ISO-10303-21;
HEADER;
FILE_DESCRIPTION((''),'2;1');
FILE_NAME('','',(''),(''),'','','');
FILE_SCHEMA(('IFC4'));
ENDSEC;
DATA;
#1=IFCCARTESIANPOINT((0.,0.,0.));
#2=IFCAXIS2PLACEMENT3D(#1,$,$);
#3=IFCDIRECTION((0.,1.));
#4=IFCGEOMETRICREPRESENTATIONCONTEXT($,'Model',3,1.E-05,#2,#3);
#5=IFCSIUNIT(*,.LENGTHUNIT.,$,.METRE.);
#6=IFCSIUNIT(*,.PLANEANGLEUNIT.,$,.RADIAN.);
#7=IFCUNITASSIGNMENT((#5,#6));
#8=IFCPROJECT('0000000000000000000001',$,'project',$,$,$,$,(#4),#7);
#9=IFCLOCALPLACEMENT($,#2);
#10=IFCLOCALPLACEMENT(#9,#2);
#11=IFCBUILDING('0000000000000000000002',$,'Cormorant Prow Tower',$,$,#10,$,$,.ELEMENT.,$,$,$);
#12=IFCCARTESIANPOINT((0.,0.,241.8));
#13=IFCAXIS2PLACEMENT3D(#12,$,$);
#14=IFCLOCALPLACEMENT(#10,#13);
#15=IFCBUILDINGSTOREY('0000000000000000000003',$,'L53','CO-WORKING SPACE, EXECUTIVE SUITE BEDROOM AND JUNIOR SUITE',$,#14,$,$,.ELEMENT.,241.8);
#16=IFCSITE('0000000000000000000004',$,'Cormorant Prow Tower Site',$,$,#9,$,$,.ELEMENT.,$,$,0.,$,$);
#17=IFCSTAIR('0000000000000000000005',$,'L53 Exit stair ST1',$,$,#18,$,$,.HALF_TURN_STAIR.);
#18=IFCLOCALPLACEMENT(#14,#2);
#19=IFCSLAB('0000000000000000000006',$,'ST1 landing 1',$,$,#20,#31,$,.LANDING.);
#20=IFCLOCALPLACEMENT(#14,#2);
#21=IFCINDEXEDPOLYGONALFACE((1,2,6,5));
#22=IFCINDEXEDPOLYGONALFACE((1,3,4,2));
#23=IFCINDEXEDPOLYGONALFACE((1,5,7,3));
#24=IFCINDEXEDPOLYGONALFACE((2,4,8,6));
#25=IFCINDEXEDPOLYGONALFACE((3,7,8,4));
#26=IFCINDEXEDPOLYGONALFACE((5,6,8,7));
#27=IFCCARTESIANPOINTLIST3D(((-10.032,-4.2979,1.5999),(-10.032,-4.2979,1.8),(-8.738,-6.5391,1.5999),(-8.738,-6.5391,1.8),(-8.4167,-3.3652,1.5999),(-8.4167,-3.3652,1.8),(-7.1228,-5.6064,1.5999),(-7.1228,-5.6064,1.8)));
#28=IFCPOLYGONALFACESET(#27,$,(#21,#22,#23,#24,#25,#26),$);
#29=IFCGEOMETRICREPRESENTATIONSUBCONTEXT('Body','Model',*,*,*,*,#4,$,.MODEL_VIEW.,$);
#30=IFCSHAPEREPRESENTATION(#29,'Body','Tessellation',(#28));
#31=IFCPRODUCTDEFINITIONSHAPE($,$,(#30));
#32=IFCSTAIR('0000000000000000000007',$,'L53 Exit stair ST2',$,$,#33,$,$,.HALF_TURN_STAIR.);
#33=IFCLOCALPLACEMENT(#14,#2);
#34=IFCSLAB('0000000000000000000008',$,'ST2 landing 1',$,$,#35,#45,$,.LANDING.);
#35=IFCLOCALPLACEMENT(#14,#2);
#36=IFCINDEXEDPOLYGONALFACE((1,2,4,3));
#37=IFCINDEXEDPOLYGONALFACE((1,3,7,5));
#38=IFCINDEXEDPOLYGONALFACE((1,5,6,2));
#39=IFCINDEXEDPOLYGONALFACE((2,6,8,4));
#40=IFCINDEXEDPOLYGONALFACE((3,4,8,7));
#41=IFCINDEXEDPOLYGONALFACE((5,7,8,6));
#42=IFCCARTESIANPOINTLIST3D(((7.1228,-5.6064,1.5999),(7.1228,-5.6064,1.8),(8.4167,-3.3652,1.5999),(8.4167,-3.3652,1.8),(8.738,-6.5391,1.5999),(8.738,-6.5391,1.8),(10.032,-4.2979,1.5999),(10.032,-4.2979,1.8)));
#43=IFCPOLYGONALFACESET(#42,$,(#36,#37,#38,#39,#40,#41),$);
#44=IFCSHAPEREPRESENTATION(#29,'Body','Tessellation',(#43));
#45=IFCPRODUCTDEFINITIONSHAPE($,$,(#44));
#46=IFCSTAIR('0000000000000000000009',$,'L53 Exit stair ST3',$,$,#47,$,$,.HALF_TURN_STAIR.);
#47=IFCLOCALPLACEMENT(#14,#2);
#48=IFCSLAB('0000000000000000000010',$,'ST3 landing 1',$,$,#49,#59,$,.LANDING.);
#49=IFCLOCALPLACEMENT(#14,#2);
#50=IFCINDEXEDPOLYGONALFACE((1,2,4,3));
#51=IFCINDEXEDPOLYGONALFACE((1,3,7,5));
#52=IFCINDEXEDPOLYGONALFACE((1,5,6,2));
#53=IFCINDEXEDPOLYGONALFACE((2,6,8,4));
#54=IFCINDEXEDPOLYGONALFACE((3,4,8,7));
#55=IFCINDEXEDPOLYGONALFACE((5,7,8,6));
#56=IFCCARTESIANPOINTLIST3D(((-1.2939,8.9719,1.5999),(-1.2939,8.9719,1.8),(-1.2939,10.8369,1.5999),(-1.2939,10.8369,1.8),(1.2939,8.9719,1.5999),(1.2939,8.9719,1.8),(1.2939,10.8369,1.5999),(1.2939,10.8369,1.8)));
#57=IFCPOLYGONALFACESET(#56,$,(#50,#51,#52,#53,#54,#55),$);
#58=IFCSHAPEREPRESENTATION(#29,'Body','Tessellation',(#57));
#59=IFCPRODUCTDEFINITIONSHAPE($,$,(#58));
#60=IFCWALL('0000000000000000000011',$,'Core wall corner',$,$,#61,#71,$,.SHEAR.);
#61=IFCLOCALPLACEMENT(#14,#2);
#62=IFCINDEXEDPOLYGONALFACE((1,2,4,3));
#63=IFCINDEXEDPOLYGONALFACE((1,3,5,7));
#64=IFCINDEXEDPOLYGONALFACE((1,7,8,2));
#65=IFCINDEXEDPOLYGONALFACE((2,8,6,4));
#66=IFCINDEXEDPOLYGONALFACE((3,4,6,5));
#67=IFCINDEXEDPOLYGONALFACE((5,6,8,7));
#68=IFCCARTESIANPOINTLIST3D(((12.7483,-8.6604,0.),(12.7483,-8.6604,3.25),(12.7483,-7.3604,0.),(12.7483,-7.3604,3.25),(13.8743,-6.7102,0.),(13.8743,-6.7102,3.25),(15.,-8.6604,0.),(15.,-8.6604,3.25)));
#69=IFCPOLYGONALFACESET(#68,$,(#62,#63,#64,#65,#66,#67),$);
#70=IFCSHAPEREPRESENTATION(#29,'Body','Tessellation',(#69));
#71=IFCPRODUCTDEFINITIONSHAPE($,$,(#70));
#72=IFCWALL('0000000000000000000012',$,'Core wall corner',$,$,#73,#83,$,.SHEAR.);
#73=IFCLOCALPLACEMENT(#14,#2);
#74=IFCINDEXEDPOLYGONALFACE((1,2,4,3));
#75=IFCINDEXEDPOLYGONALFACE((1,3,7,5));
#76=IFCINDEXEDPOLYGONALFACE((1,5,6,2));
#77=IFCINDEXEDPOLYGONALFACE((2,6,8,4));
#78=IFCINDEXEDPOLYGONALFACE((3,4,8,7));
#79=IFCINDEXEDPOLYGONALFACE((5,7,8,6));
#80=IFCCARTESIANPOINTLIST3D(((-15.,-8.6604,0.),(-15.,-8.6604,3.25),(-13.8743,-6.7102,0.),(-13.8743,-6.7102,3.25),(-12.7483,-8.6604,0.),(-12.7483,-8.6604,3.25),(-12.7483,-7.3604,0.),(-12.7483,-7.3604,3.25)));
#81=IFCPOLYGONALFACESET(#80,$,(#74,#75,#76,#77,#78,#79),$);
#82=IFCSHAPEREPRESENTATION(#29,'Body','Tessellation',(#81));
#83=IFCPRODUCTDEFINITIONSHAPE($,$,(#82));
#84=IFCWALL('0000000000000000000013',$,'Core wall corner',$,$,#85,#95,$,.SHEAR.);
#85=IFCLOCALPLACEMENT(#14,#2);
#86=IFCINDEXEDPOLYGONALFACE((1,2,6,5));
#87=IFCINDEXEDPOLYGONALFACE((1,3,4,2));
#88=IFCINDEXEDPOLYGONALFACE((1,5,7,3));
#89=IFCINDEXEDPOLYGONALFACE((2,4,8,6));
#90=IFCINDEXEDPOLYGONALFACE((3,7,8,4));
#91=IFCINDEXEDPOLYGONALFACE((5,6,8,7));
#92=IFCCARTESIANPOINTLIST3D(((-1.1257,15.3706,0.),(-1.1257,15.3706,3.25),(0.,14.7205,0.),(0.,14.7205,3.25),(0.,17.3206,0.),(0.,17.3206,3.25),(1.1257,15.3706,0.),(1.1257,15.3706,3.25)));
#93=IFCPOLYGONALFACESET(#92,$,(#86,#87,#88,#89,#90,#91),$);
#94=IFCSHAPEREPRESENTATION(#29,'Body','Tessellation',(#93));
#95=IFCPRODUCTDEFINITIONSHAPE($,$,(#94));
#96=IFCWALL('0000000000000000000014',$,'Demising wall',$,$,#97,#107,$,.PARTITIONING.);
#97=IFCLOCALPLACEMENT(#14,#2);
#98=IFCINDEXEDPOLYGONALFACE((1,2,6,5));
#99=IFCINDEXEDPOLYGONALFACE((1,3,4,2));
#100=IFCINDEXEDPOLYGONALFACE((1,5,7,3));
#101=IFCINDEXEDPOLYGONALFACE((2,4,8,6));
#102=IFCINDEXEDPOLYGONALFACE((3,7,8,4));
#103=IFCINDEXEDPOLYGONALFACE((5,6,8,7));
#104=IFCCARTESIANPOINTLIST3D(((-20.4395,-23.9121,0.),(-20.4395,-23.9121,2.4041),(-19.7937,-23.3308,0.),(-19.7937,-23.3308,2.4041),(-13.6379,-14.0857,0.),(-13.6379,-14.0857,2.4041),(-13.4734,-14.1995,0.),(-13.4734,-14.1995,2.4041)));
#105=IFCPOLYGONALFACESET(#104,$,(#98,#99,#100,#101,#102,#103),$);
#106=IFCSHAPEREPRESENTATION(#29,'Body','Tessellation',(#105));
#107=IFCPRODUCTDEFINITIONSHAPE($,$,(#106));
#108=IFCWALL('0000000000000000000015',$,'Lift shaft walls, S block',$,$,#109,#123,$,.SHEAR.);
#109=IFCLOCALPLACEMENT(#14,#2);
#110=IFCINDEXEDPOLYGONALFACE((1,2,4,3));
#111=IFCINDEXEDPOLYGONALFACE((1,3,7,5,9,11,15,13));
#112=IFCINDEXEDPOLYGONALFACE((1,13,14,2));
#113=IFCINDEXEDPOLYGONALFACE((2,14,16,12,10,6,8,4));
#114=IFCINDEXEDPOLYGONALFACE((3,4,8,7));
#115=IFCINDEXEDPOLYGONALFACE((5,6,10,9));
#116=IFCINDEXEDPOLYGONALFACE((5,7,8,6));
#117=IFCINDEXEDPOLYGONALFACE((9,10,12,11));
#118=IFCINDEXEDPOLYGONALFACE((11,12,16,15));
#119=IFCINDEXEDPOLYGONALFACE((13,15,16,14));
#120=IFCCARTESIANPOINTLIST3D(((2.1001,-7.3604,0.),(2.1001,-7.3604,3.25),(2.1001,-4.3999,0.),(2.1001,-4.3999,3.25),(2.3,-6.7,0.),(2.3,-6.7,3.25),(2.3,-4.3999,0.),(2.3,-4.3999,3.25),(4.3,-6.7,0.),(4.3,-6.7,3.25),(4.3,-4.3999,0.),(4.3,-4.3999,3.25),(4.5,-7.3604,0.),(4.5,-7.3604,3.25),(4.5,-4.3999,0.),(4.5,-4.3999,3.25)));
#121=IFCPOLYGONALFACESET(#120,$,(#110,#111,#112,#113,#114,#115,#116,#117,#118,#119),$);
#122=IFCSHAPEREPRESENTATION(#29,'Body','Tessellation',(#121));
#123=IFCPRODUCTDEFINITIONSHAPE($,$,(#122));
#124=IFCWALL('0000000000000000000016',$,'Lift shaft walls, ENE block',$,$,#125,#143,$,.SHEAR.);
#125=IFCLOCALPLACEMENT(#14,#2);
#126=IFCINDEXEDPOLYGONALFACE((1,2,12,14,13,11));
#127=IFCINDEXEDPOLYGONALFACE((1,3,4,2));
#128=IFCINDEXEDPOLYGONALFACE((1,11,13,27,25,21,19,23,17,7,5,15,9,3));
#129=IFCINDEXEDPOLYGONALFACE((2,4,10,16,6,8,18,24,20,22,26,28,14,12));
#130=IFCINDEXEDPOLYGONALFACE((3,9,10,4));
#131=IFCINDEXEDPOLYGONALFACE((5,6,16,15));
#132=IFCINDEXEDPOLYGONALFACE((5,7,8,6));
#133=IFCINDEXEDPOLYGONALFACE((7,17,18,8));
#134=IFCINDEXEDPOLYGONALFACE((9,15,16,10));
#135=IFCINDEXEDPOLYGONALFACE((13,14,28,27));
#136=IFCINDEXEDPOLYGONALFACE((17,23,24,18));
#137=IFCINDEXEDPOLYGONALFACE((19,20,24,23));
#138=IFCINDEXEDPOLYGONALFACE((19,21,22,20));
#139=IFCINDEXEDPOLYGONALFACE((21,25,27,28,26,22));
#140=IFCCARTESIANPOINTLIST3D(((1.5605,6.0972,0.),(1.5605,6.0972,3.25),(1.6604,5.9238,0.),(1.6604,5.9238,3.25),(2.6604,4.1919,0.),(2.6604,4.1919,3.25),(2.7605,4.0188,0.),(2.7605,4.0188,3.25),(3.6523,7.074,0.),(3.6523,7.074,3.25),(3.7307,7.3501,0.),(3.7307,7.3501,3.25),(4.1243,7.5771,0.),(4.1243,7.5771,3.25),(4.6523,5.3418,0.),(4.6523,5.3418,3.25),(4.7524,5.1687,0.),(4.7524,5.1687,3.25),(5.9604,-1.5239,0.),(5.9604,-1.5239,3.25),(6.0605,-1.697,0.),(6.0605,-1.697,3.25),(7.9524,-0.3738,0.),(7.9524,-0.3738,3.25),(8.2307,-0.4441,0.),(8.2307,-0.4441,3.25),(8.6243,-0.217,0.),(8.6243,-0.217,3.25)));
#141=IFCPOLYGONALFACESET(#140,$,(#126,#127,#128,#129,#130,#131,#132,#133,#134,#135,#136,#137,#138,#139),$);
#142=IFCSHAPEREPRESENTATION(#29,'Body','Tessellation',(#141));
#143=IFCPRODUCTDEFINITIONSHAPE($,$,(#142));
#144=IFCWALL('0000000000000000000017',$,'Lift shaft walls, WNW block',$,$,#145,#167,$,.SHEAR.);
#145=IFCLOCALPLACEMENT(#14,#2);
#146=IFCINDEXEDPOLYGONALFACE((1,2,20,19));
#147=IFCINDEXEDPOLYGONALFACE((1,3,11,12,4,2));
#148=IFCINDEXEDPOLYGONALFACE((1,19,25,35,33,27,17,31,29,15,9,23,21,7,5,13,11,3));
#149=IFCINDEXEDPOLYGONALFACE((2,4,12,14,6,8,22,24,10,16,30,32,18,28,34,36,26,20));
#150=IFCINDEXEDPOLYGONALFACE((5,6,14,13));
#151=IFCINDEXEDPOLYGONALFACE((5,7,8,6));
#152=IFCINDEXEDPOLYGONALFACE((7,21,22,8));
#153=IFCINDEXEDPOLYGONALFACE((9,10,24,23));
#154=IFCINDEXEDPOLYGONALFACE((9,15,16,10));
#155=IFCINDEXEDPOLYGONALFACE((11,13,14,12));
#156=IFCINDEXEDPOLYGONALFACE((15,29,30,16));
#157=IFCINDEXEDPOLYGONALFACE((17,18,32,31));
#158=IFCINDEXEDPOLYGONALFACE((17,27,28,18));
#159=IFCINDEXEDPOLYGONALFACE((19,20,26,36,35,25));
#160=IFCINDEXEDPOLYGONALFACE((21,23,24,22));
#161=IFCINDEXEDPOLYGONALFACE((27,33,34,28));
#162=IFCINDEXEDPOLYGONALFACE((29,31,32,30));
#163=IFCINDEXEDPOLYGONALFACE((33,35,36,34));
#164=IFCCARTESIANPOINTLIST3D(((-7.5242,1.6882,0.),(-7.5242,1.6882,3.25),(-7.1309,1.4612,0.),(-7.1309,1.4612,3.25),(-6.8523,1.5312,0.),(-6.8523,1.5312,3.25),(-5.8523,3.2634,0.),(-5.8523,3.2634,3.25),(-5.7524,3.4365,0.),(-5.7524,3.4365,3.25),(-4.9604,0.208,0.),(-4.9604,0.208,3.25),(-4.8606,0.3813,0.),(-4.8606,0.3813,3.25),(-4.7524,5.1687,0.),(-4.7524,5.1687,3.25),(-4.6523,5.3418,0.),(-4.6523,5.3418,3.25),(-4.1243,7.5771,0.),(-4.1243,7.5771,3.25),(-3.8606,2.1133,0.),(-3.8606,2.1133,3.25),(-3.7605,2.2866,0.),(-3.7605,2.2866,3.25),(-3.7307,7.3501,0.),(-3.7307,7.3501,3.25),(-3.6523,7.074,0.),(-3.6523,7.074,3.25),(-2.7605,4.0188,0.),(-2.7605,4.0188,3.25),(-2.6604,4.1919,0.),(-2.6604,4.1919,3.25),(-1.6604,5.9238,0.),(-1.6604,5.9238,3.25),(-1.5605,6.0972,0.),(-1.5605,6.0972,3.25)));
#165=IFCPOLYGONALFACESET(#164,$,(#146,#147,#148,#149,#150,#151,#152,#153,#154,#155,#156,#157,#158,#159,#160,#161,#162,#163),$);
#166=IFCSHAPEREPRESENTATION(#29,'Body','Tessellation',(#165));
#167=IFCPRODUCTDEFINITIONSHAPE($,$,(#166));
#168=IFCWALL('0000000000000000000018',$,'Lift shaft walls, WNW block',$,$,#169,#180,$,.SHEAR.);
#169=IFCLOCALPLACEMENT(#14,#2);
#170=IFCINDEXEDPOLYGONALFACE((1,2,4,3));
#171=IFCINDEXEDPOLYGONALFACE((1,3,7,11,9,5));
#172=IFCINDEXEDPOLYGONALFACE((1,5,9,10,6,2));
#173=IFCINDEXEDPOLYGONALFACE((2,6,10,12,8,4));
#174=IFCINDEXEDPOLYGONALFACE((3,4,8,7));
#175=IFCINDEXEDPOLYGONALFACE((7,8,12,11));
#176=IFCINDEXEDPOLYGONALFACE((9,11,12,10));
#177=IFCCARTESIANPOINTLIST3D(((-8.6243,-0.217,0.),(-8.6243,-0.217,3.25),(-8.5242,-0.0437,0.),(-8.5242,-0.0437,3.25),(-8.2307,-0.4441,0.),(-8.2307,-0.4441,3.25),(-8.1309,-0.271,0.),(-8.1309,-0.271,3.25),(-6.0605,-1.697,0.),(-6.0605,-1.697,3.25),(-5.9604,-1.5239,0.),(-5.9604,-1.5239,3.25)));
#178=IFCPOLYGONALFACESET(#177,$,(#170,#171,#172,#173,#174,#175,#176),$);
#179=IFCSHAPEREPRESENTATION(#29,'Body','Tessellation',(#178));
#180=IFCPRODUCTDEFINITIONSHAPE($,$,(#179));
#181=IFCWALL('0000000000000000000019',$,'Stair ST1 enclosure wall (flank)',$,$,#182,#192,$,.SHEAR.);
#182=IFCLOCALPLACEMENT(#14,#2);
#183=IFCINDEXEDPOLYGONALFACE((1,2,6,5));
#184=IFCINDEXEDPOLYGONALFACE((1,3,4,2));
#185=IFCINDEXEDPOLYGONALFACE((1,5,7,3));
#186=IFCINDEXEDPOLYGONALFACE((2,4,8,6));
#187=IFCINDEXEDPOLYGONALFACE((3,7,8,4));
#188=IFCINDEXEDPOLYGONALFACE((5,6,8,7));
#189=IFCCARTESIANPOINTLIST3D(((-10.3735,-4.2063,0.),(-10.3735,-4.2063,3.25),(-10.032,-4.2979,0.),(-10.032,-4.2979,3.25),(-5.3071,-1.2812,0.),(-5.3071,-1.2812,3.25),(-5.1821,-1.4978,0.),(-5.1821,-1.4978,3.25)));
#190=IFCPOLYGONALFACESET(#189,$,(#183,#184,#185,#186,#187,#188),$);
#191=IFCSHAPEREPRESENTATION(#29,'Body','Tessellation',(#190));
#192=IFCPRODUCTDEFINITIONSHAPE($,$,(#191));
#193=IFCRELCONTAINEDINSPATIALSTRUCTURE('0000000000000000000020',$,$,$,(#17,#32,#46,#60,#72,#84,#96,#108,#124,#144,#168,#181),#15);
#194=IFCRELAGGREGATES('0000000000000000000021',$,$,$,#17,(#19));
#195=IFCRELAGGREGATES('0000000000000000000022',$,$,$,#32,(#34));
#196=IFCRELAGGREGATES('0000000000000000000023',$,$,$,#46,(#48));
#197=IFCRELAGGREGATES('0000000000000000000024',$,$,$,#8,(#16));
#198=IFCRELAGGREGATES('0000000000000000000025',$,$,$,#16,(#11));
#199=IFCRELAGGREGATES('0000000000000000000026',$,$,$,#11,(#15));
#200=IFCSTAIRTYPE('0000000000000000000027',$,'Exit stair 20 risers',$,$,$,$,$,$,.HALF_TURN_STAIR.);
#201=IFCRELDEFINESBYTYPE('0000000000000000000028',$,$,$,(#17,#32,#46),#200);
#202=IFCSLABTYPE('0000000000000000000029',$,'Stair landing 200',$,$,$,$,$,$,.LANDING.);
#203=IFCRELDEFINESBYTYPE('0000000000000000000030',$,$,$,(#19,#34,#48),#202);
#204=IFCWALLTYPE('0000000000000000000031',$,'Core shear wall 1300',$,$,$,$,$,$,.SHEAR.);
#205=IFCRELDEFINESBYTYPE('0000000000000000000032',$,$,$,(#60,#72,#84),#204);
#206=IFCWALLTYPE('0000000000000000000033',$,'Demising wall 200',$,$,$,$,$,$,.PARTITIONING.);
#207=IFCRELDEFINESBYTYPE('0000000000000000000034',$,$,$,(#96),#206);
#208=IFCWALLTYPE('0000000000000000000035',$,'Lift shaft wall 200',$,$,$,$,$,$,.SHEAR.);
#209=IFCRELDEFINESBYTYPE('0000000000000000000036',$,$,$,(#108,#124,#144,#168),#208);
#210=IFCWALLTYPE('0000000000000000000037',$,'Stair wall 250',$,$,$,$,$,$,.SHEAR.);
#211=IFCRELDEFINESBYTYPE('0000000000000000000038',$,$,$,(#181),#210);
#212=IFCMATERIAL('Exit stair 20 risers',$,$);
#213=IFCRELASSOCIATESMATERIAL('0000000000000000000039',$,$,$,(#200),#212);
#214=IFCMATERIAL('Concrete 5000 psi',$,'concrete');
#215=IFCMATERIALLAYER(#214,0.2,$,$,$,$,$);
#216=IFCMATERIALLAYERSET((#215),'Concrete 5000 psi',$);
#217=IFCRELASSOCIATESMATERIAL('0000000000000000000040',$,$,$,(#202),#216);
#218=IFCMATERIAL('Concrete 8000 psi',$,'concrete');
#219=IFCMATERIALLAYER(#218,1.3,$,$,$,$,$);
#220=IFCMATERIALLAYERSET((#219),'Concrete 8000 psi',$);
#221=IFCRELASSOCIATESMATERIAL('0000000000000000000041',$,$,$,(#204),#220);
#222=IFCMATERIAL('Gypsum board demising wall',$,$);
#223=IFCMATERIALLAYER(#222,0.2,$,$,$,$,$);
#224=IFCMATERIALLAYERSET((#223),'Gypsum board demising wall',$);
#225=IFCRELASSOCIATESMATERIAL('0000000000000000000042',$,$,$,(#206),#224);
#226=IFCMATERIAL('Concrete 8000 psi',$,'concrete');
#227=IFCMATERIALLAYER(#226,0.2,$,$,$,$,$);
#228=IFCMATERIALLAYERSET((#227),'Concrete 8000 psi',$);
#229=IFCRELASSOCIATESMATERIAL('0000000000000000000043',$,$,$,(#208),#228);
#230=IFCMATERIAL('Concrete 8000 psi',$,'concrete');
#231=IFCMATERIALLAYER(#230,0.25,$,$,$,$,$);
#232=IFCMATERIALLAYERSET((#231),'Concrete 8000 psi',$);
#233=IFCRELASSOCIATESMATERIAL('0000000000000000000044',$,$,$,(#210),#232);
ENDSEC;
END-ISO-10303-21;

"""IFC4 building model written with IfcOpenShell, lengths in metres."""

from ifc_helpers import new_model, si_unit, direction, frame, origin, place, context, subcontext, project, spatial, polyline, outline, extrude, material, layer, layer_set, type_object, element, aggregate, save


model = new_model("IFC4")

# Units and contexts
model_context = context("Model", 3, precision=1e-05, world=origin(), true_north=direction((0.0, 1.0)))
body_context = subcontext(model_context, "Body", "Model", "MODEL_VIEW")
ifc_project = project(units=[si_unit("LENGTHUNIT", "METRE"), si_unit("PLANEANGLEUNIT", "RADIAN")], contexts=[model_context])

# Site, building, storey
site_placement = place(None, origin())
site = spatial("IfcSite", under=ifc_project, at=site_placement, Name="Cormorant Prow Tower Site", CompositionType="ELEMENT", RefElevation=0.0)
building_placement = place(site_placement, origin())
building = spatial("IfcBuilding", under=site, at=building_placement, Name="Cormorant Prow Tower", CompositionType="ELEMENT")
storey_placement = place(building_placement, frame((0.0, 0.0, 241.8)))
storey = spatial("IfcBuildingStorey", under=building, at=storey_placement, Name="L53", Description="CO-WORKING SPACE, EXECUTIVE SUITE BEDROOM AND JUNIOR SUITE", CompositionType="ELEMENT", Elevation=241.8)

# Stairs, slabs
ifc_material_1 = material(Name="Exit stair 20 risers")
stair_type = type_object("IfcStairType", Name="Exit stair 20 risers", PredefinedType="HALF_TURN_STAIR", material=ifc_material_1)
stair_1_placement = place(storey_placement, origin())
stair_1 = element("IfcStair", 1, at=stair_1_placement, inside=storey, type_object=stair_type, Name="L53 Exit stair ST1", PredefinedType="HALF_TURN_STAIR")
ifc_material_2 = material(Name="Concrete 5000 psi", Category="concrete")
ifc_layer_1 = layer(ifc_material_2, 0.2)
ifc_layer_set_1 = layer_set([ifc_layer_1], Name="Concrete 5000 psi")
slab_type = type_object("IfcSlabType", Name="Stair landing 200", PredefinedType="LANDING", material=ifc_layer_set_1)
slab_1_placement = place(storey_placement, frame((0.0, 0.0, 1.5999)))
slab_1 = element("IfcSlab", 2, at=slab_1_placement, type_object=slab_type, Name="ST1 landing 1", PredefinedType="LANDING", context=body_context, shape_type="SweptSolid", body=[
    extrude(outline(polyline([(-8.4167, -3.3652), (-10.032, -4.2979), (-8.738, -6.5391), (-7.1228, -5.6064), (-8.4167, -3.3652)])), origin(), (0.0, 0.0, 1.0), 0.2002),
])
aggregate(stair_1, [slab_1])
stair_2_placement = place(storey_placement, origin())
stair_2 = element("IfcStair", 3, at=stair_2_placement, inside=storey, type_object=stair_type, Name="L53 Exit stair ST2", PredefinedType="HALF_TURN_STAIR")
slab_2_placement = place(storey_placement, frame((0.0, 0.0, 1.5999)))
slab_2 = element("IfcSlab", 4, at=slab_2_placement, type_object=slab_type, Name="ST2 landing 1", PredefinedType="LANDING", context=body_context, shape_type="SweptSolid", body=[
    extrude(outline(polyline([(7.1228, -5.6064), (8.738, -6.5391), (10.032, -4.2979), (8.4167, -3.3652), (7.1228, -5.6064)])), origin(), (0.0, 0.0, 1.0), 0.2002),
])
aggregate(stair_2, [slab_2])
stair_3_placement = place(storey_placement, origin())
stair_3 = element("IfcStair", 5, at=stair_3_placement, inside=storey, type_object=stair_type, Name="L53 Exit stair ST3", PredefinedType="HALF_TURN_STAIR")
slab_3_placement = place(storey_placement, frame((0.0, 0.0, 1.5999)))
slab_3 = element("IfcSlab", 6, at=slab_3_placement, type_object=slab_type, Name="ST3 landing 1", PredefinedType="LANDING", context=body_context, shape_type="SweptSolid", body=[
    extrude(outline(polyline([(1.2939, 8.9719), (1.2939, 10.8369), (-1.2939, 10.8369), (-1.2939, 8.9719), (1.2939, 8.9719)])), origin(), (0.0, 0.0, 1.0), 0.2002),
])
aggregate(stair_3, [slab_3])

# Walls
ifc_material_3 = material(Name="Concrete 8000 psi", Category="concrete")
ifc_layer_2 = layer(ifc_material_3, 1.3)
ifc_layer_set_2 = layer_set([ifc_layer_2], Name="Concrete 8000 psi")
wall_type_1 = type_object("IfcWallType", Name="Core shear wall 1300", PredefinedType="SHEAR", material=ifc_layer_set_2)
wall_1_placement = place(storey_placement, origin())
element("IfcWall", 7, at=wall_1_placement, inside=storey, type_object=wall_type_1, Name="Core wall corner", PredefinedType="SHEAR", context=body_context, shape_type="SweptSolid", body=[
    extrude(outline(polyline([(12.7483, -8.6604), (12.7483, -7.3604), (13.8743, -6.7102), (15.0, -8.6604), (12.7483, -8.6604)])), origin(), (0.0, 0.0, 1.0), 3.25),
])
wall_2_placement = place(storey_placement, origin())
element("IfcWall", 8, at=wall_2_placement, inside=storey, type_object=wall_type_1, Name="Core wall corner", PredefinedType="SHEAR", context=body_context, shape_type="SweptSolid", body=[
    extrude(outline(polyline([(-13.8743, -6.7102), (-12.7483, -7.3604), (-12.7483, -8.6604), (-15.0, -8.6604), (-13.8743, -6.7102)])), origin(), (0.0, 0.0, 1.0), 3.25),
])
wall_3_placement = place(storey_placement, origin())
element("IfcWall", 9, at=wall_3_placement, inside=storey, type_object=wall_type_1, Name="Core wall corner", PredefinedType="SHEAR", context=body_context, shape_type="SweptSolid", body=[
    extrude(outline(polyline([(-1.1257, 15.3706), (0.0, 17.3206), (1.1257, 15.3706), (0.0, 14.7205), (-1.1257, 15.3706)])), origin(), (0.0, 0.0, 1.0), 3.25),
])
ifc_material_4 = material(Name="Gypsum board demising wall")
ifc_layer_3 = layer(ifc_material_4, 0.2)
ifc_layer_set_3 = layer_set([ifc_layer_3], Name="Gypsum board demising wall")
wall_type_2 = type_object("IfcWallType", Name="Demising wall 200", PredefinedType="PARTITIONING", material=ifc_layer_set_3)
wall_4_placement = place(storey_placement, origin())
element("IfcWall", 10, at=wall_4_placement, inside=storey, type_object=wall_type_2, Name="Demising wall", PredefinedType="PARTITIONING", context=body_context, shape_type="SweptSolid", body=[
    extrude(outline(polyline([(-13.4734, -14.1995), (-19.7937, -23.3308), (-20.4395, -23.9121), (-13.6379, -14.0857), (-13.4734, -14.1995)])), origin(), (0.0, 0.0, 1.0), 2.4041),
])
ifc_material_5 = material(Name="Concrete 8000 psi", Category="concrete")
ifc_layer_4 = layer(ifc_material_5, 0.2)
ifc_layer_set_4 = layer_set([ifc_layer_4], Name="Concrete 8000 psi")
wall_type_3 = type_object("IfcWallType", Name="Lift shaft wall 200", PredefinedType="SHEAR", material=ifc_layer_set_4)
wall_5_placement = place(storey_placement, origin())
element("IfcWall", 11, at=wall_5_placement, inside=storey, type_object=wall_type_3, Name="Lift shaft walls, S block", PredefinedType="SHEAR", context=body_context, shape_type="SweptSolid", body=[
    extrude(outline(polyline([(2.1001, -7.3604), (2.1001, -4.3999), (2.3, -4.3999), (2.3, -6.7), (4.3, -6.7), (4.3, -4.3999), (4.5, -4.3999), (4.5, -7.3604), (2.1001, -7.3604)])), origin(), (0.0, 0.0, 1.0), 3.25),
])
wall_6_placement = place(storey_placement, origin())
element("IfcWall", 12, at=wall_6_placement, inside=storey, type_object=wall_type_3, Name="Lift shaft walls, ENE block", PredefinedType="SHEAR", context=body_context, shape_type="SweptSolid", body=[
    extrude(outline(polyline([(4.1243, 7.5771), (8.6243, -0.217), (8.2307, -0.4441), (6.0605, -1.697), (5.9604, -1.5239), (7.9524, -0.3738), (4.7524, 5.1687), (2.7605, 4.0188), (2.6604, 4.1919), (4.6523, 5.3418), (3.6523, 7.074), (1.6604, 5.9238), (1.5605, 6.0972), (3.7307, 7.3501), (4.1243, 7.5771)])), origin(), (0.0, 0.0, 1.0), 3.25),
])
wall_7_placement = place(storey_placement, origin())
element("IfcWall", 13, at=wall_7_placement, inside=storey, type_object=wall_type_3, Name="Lift shaft walls, WNW block", PredefinedType="SHEAR", context=body_context, shape_type="SweptSolid", body=[
    extrude(outline(polyline([(-7.5242, 1.6882), (-4.1243, 7.5771), (-3.7307, 7.3501), (-1.5605, 6.0972), (-1.6604, 5.9238), (-3.6523, 7.074), (-4.6523, 5.3418), (-2.6604, 4.1919), (-2.7605, 4.0188), (-4.7524, 5.1687), (-5.7524, 3.4365), (-3.7605, 2.2866), (-3.8606, 2.1133), (-5.8523, 3.2634), (-6.8523, 1.5312), (-4.8606, 0.3813), (-4.9604, 0.208), (-7.1309, 1.4612), (-7.5242, 1.6882)])), origin(), (0.0, 0.0, 1.0), 3.25),
])
wall_8_placement = place(storey_placement, origin())
element("IfcWall", 14, at=wall_8_placement, inside=storey, type_object=wall_type_3, Name="Lift shaft walls, WNW block", PredefinedType="SHEAR", context=body_context, shape_type="SweptSolid", body=[
    extrude(outline(polyline([(-8.5242, -0.0437), (-8.1309, -0.271), (-5.9604, -1.5239), (-6.0605, -1.697), (-8.2307, -0.4441), (-8.6243, -0.217), (-8.5242, -0.0437)])), origin(), (0.0, 0.0, 1.0), 3.25),
])
ifc_material_6 = material(Name="Concrete 8000 psi", Category="concrete")
ifc_layer_5 = layer(ifc_material_6, 0.25)
ifc_layer_set_5 = layer_set([ifc_layer_5], Name="Concrete 8000 psi")
wall_type_4 = type_object("IfcWallType", Name="Stair wall 250", PredefinedType="SHEAR", material=ifc_layer_set_5)
wall_9_placement = place(storey_placement, origin())
element("IfcWall", 15, at=wall_9_placement, inside=storey, type_object=wall_type_4, Name="Stair ST1 enclosure wall (flank)", PredefinedType="SHEAR", context=body_context, shape_type="SweptSolid", body=[
    extrude(outline(polyline([(-5.3071, -1.2812), (-10.3735, -4.2063), (-10.032, -4.2979), (-5.1821, -1.4978), (-5.3071, -1.2812)])), origin(), (0.0, 0.0, 1.0), 3.25),
])

save(model, "model.ifc")
